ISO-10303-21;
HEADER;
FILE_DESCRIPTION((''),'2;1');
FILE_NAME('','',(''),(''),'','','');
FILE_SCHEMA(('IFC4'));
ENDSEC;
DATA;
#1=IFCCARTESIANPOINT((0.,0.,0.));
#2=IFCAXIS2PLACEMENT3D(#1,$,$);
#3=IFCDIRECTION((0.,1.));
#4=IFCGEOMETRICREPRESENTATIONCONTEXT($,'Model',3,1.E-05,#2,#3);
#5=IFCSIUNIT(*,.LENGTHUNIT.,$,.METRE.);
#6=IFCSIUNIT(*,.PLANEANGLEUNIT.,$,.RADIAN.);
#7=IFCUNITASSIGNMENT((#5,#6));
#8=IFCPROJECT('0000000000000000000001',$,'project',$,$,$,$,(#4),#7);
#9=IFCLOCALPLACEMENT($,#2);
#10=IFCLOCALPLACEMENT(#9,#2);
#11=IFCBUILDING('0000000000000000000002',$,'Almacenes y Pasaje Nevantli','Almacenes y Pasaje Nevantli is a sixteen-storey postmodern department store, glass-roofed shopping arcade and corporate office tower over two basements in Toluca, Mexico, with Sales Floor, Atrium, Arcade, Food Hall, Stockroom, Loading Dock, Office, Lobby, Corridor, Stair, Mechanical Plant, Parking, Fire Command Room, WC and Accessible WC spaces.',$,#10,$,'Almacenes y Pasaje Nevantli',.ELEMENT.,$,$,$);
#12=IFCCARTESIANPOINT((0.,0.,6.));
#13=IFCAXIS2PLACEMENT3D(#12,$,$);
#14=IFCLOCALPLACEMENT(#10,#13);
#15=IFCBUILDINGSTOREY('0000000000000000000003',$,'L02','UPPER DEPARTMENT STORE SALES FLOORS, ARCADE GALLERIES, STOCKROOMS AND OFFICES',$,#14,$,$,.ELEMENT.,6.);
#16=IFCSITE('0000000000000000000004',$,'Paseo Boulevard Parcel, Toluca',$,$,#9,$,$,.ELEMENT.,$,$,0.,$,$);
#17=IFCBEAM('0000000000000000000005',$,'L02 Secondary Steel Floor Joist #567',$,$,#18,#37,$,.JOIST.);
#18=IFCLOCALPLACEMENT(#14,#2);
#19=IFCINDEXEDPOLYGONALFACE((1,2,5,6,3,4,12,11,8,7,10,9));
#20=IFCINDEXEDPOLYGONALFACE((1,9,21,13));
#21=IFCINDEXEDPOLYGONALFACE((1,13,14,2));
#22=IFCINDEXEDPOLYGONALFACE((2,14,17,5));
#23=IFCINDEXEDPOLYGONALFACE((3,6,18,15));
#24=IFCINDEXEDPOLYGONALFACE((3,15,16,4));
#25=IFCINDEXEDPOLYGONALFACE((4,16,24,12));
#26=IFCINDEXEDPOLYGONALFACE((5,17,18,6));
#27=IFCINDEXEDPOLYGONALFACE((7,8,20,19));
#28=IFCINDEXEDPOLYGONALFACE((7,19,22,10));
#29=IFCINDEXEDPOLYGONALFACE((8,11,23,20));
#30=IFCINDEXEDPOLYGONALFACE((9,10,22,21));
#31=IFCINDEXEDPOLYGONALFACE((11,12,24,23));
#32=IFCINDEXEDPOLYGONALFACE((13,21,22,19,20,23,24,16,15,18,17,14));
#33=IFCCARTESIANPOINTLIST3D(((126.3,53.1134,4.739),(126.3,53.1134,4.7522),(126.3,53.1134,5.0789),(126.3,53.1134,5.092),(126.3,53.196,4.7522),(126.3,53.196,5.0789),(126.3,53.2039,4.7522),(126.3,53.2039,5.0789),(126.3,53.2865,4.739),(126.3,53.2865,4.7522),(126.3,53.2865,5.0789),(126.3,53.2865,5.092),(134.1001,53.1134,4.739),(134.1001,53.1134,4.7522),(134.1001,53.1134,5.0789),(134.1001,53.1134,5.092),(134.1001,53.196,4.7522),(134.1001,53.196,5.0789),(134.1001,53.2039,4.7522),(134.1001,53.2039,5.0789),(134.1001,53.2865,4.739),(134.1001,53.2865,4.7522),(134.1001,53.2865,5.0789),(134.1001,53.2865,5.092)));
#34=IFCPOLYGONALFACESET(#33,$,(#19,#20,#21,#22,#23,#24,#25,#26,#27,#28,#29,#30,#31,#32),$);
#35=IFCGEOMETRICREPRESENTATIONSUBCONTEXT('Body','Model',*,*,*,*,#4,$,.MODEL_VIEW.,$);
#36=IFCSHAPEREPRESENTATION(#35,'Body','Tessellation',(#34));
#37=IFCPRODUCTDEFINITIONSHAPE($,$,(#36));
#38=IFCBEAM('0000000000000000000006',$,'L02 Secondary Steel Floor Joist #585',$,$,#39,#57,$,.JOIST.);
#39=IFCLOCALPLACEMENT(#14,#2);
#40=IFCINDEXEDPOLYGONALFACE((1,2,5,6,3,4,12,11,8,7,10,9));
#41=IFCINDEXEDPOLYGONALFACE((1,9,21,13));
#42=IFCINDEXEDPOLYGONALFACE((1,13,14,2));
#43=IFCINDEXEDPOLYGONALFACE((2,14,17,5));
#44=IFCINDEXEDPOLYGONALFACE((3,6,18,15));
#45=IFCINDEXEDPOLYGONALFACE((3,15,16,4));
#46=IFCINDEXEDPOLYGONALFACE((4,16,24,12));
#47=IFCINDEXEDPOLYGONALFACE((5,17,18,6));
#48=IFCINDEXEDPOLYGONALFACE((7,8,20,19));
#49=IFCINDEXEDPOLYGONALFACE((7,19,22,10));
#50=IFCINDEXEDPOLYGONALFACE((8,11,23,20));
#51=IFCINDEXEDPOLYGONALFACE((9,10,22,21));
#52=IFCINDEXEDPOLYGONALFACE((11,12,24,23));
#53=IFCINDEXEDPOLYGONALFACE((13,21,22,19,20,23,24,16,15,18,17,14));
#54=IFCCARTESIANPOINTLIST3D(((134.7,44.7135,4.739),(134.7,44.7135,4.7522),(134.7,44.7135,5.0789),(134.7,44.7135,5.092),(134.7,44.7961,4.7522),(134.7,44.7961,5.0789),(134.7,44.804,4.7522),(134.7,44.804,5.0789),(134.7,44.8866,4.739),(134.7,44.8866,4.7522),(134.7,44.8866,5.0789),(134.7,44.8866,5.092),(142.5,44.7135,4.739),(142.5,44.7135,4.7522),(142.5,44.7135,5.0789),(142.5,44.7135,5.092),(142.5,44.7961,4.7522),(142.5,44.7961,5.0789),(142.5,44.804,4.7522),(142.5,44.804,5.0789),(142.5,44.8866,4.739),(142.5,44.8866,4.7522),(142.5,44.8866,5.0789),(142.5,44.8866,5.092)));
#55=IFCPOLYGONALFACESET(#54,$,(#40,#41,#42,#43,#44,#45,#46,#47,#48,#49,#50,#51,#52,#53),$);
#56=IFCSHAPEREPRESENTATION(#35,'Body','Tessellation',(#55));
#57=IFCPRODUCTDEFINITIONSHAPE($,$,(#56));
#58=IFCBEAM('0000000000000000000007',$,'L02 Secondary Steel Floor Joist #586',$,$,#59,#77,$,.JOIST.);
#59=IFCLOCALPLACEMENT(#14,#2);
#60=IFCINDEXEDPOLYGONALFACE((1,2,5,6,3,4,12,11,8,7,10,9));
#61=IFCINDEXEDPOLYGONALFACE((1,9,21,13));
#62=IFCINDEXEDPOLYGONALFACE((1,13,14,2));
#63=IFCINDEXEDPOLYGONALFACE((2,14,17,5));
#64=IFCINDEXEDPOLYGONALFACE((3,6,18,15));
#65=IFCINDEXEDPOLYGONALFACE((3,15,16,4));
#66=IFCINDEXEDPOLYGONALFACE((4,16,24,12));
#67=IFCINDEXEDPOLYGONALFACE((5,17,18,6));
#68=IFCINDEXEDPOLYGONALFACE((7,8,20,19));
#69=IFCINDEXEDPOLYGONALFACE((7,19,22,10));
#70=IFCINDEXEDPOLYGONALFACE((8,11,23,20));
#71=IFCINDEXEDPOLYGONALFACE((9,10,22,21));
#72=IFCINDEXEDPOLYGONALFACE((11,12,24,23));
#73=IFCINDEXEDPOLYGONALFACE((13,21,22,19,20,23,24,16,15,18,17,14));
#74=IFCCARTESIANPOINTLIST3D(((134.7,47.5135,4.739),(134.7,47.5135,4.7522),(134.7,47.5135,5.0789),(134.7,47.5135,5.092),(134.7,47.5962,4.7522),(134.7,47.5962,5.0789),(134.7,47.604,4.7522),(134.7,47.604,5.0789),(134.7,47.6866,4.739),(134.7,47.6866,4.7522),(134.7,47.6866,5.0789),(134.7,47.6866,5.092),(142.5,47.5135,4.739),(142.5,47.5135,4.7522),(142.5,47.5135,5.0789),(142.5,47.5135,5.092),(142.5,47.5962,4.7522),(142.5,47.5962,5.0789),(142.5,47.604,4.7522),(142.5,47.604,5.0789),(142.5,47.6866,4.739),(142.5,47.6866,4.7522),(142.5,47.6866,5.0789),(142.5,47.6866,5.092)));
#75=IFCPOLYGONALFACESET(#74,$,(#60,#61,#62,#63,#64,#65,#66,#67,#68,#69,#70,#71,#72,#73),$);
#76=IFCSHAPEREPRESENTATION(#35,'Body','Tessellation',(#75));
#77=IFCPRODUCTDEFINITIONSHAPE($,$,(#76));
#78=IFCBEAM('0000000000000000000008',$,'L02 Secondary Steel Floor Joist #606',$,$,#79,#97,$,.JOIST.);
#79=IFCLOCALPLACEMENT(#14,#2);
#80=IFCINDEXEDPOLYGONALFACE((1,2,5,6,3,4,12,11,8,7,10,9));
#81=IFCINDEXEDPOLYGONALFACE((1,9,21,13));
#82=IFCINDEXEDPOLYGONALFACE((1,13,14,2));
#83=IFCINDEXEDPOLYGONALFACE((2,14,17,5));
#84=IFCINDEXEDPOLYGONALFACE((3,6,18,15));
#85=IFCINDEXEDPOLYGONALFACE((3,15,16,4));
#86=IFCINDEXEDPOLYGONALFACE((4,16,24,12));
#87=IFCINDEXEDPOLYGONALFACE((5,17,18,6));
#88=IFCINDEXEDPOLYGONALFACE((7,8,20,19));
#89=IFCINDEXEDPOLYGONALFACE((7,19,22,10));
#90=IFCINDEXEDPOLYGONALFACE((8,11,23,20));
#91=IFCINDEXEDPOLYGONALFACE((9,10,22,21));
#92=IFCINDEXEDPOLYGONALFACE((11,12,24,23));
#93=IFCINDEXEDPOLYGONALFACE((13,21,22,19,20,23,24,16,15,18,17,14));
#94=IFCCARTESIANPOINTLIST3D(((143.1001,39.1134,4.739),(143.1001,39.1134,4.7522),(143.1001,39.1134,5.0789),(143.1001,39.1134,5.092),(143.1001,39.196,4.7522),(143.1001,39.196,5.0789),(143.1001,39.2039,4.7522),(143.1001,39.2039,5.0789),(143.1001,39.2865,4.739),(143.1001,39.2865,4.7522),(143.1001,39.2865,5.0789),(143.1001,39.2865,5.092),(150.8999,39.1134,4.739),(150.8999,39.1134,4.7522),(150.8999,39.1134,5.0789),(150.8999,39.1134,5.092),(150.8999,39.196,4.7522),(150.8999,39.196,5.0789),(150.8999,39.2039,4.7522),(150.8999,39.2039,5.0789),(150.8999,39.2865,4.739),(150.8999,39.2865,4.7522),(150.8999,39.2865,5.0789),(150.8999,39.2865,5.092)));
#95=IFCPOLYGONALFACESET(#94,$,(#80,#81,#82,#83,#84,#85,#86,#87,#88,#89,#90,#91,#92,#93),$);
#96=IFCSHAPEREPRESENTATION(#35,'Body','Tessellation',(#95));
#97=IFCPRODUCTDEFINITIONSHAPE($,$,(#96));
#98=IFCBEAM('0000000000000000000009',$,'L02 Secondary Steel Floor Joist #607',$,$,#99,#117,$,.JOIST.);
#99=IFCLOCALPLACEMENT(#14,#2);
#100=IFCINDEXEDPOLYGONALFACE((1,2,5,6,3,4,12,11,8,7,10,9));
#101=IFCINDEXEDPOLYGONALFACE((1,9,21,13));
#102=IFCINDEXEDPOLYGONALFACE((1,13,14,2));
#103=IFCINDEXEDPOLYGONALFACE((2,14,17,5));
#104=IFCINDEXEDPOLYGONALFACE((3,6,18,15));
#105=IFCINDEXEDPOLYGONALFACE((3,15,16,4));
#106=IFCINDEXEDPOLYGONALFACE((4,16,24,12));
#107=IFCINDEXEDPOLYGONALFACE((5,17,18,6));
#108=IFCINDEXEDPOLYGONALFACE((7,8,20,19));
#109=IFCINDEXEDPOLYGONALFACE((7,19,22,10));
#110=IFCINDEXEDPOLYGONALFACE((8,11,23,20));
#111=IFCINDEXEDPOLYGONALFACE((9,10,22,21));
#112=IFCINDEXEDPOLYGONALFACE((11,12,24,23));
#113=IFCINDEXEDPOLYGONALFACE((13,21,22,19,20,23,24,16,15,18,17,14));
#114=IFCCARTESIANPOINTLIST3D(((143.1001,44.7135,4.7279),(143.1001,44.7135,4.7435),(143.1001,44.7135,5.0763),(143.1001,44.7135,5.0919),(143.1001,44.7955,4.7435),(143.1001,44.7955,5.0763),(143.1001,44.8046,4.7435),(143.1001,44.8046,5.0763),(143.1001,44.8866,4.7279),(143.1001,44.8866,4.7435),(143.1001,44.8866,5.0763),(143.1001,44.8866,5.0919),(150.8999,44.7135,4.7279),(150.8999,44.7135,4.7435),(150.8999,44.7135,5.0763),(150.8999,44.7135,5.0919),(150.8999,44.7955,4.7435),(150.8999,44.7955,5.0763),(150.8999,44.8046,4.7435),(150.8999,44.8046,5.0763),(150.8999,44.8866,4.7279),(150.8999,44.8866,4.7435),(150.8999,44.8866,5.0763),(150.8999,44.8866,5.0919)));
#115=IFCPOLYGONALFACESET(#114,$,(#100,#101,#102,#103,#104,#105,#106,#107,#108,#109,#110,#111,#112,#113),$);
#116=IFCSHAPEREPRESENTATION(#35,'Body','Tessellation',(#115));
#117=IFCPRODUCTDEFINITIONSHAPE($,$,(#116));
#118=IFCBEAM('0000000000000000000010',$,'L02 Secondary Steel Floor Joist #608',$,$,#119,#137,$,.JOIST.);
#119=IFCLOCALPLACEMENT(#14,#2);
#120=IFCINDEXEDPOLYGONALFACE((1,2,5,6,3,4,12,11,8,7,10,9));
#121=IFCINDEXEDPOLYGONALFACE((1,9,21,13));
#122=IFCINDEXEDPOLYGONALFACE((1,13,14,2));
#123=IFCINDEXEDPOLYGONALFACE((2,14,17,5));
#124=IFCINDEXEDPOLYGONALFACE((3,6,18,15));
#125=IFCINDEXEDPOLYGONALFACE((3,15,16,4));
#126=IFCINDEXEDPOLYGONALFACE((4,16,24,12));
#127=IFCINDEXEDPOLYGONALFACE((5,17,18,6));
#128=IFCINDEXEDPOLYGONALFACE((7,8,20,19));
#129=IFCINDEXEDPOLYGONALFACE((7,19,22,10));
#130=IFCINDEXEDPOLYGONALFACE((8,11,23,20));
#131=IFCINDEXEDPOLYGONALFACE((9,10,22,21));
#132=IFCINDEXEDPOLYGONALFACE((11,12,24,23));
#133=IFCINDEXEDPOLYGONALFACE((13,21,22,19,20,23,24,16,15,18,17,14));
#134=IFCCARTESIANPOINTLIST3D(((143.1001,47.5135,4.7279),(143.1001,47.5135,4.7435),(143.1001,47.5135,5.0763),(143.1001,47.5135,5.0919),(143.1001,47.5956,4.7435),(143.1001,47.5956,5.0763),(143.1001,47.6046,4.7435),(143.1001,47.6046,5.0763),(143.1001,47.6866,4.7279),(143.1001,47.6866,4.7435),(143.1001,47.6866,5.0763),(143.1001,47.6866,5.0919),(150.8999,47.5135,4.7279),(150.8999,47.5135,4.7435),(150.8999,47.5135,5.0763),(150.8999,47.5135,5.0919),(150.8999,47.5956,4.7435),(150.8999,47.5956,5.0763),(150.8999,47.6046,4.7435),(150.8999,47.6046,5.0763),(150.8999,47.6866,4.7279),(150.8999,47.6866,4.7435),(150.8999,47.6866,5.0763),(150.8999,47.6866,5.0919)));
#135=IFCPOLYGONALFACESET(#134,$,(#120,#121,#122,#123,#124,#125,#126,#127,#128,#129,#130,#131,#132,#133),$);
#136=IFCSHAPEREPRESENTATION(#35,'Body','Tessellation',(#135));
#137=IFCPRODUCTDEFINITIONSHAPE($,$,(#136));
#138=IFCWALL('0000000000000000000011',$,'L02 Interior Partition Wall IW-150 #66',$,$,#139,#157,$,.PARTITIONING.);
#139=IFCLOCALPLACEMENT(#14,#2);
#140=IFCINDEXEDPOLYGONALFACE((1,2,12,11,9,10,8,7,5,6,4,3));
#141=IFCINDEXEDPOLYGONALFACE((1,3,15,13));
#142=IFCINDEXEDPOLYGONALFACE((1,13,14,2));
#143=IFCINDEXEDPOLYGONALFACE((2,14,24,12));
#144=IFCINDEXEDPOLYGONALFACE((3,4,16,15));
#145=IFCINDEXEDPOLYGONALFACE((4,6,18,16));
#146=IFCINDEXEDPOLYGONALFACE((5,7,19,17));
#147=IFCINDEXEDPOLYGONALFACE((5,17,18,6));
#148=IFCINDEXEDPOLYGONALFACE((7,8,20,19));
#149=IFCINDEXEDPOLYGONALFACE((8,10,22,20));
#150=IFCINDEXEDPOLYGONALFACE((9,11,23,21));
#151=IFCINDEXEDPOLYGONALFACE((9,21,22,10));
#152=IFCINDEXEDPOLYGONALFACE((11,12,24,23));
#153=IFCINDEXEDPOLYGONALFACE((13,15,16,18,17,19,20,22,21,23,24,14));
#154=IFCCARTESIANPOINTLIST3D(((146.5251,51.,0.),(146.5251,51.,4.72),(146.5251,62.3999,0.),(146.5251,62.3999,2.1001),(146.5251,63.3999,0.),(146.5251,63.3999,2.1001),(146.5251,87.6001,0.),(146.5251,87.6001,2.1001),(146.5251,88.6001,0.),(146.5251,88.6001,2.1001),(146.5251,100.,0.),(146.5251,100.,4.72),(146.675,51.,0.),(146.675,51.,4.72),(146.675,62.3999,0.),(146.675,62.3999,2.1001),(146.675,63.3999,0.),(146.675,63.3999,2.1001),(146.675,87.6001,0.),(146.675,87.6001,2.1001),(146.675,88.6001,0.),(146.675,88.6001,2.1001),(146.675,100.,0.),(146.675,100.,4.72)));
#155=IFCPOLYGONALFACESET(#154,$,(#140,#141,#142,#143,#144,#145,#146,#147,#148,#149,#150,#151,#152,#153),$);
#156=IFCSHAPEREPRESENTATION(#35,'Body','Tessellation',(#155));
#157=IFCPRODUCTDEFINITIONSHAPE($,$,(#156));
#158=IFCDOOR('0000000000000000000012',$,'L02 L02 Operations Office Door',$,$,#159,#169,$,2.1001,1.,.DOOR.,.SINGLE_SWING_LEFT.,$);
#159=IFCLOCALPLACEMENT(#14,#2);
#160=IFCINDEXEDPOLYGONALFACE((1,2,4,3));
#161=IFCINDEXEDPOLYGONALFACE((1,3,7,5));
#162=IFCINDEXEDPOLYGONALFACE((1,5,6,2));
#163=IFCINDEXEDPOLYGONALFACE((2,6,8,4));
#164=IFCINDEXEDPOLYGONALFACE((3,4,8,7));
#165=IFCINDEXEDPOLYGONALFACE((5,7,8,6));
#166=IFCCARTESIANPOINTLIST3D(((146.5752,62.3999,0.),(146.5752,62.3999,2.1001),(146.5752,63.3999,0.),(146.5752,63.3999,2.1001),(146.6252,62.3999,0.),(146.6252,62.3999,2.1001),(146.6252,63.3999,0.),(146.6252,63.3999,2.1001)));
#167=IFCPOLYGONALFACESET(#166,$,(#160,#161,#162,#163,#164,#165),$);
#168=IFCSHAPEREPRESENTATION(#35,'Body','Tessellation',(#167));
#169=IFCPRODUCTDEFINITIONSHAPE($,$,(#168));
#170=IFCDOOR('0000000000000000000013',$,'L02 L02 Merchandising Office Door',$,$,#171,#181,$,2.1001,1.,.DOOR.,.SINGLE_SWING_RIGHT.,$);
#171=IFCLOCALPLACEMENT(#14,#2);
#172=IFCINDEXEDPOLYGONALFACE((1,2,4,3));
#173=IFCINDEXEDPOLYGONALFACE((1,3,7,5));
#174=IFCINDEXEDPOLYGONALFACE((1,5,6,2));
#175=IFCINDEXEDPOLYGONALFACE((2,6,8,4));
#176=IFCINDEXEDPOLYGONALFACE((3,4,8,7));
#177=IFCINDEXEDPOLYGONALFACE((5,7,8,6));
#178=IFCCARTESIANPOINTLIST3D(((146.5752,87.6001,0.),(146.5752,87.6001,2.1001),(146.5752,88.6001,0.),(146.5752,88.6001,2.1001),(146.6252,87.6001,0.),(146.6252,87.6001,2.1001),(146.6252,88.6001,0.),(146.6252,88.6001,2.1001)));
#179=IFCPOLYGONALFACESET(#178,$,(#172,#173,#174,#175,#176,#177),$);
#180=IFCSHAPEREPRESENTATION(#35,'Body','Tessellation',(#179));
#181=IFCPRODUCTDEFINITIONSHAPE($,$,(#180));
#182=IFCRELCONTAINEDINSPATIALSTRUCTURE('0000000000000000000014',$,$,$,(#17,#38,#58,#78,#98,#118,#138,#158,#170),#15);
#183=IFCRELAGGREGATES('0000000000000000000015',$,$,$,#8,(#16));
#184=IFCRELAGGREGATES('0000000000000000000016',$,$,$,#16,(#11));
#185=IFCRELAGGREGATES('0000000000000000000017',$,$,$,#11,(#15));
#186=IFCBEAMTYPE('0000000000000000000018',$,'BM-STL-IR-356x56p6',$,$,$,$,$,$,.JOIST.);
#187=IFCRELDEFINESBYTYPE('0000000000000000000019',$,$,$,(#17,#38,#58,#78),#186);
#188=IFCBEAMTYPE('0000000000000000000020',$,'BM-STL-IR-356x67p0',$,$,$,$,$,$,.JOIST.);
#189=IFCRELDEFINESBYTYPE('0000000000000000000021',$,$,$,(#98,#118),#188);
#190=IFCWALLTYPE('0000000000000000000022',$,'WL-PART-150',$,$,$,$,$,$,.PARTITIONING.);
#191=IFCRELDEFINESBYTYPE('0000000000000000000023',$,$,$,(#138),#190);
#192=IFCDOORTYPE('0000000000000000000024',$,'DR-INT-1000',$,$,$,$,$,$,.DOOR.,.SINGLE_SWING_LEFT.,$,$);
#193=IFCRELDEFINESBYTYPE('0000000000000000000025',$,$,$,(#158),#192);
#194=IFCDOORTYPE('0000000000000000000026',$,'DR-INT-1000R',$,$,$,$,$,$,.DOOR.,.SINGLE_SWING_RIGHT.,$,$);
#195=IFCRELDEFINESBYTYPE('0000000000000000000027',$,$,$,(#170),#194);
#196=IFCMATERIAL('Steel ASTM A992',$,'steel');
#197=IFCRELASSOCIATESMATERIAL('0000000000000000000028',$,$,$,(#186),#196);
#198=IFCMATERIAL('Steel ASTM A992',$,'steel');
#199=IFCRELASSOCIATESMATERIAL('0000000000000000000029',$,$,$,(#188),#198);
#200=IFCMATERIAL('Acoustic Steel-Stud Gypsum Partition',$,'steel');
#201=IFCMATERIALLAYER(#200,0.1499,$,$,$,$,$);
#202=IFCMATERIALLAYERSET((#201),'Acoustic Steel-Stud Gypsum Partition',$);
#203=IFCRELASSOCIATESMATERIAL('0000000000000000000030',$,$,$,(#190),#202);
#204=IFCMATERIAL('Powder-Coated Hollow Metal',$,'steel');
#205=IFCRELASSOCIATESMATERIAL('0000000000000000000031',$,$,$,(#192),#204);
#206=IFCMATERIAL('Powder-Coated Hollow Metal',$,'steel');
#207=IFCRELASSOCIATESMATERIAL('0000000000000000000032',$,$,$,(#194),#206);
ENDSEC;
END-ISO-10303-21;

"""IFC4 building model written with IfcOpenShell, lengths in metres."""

from ifc_helpers import new_model, si_unit, direction, frame, frame_2d, origin, origin_2d, place, context, subcontext, project, spatial, rectangle, i_section, extrude, material, layer, layer_set, material_profile, profile_set, type_object, element, fill, save


model = new_model("IFC4")

# Units and contexts
model_context = context("Model", 3, precision=1e-05, world=origin(), true_north=direction((0.0, 1.0)))
body_context = subcontext(model_context, "Body", "Model", "MODEL_VIEW")
ifc_project = project(units=[si_unit("LENGTHUNIT", "METRE"), si_unit("PLANEANGLEUNIT", "RADIAN")], contexts=[model_context])

# Site, building, storey
site_placement = place(None, origin())
site = spatial("IfcSite", under=ifc_project, at=site_placement, Name="Paseo Boulevard Parcel, Toluca", CompositionType="ELEMENT", RefElevation=0.0)
building_placement = place(site_placement, origin())
building = spatial("IfcBuilding", under=site, at=building_placement, Name="Almacenes y Pasaje Nevantli", Description="Almacenes y Pasaje Nevantli is a sixteen-storey postmodern department store, glass-roofed shopping arcade and corporate office tower over two basements in Toluca, Mexico, with Sales Floor, Atrium, Arcade, Food Hall, Stockroom, Loading Dock, Office, Lobby, Corridor, Stair, Mechanical Plant, Parking, Fire Command Room, WC and Accessible WC spaces.", LongName="Almacenes y Pasaje Nevantli", CompositionType="ELEMENT")
storey_placement = place(building_placement, frame((0.0, 0.0, 6.0)))
storey = spatial("IfcBuildingStorey", under=building, at=storey_placement, Name="L02", Description="UPPER DEPARTMENT STORE SALES FLOORS, ARCADE GALLERIES, STOCKROOMS AND OFFICES", CompositionType="ELEMENT", Elevation=6.0)

# Beams
ifc_material_1 = material(Name="Steel ASTM A992", Category="steel")
ifc_material_profile_1 = material_profile(ifc_material_1, i_section(OverallWidth=0.1731, OverallDepth=0.353, WebThickness=0.0078, FlangeThickness=0.0132, at=origin_2d()), Name="IR 356x56.6")
ifc_profile_set_1 = profile_set([ifc_material_profile_1], Name="Steel ASTM A992")
beam_type_1 = type_object("IfcBeamType", Name="BM-STL-IR-356x56p6", PredefinedType="JOIST", material=ifc_profile_set_1)
for number, where, z_axis, x_axis, name in (
    (1, (126.3, 53.2, 4.9155), (1.0, 0.0, 0.0), (0.0, 1.0, 0.0), "L02 Secondary Steel Floor Joist #567"),
    (2, (134.7, 44.8, 4.9155), (1.0, 0.0, 0.0), (0.0, 1.0, 0.0), "L02 Secondary Steel Floor Joist #585"),
    (3, (134.7, 47.6001, 4.9155), (1.0, 0.0, 0.0), (0.0, 1.0, 0.0), "L02 Secondary Steel Floor Joist #586"),
):
    element("IfcBeam", number, at=place(storey_placement, frame(where, z_axis=z_axis, x_axis=x_axis)), inside=storey, type_object=beam_type_1, Name=name, PredefinedType="JOIST", context=body_context, shape_type="SweptSolid", body=[
        extrude(i_section(OverallWidth=0.1731, OverallDepth=0.353, WebThickness=0.0078, FlangeThickness=0.0132, at=origin_2d()), origin(), (0.0, 0.0, 1.0), 7.8),
    ])
beam_1_placement = place(storey_placement, frame((143.1001, 39.2, 4.9155), z_axis=(1.0, 0.0, 0.0), x_axis=(0.0, 1.0, 0.0)))
element("IfcBeam", 4, at=beam_1_placement, inside=storey, type_object=beam_type_1, Name="L02 Secondary Steel Floor Joist #606", PredefinedType="JOIST", context=body_context, shape_type="SweptSolid", body=[
    extrude(i_section(OverallWidth=0.1731, OverallDepth=0.353, WebThickness=0.0078, FlangeThickness=0.0132, at=origin_2d()), origin(), (0.0, 0.0, 1.0), 7.7998),
])
ifc_material_2 = material(Name="Steel ASTM A992", Category="steel")
ifc_material_profile_2 = material_profile(ifc_material_2, i_section(OverallWidth=0.1731, OverallDepth=0.364, WebThickness=0.009, FlangeThickness=0.0156, at=origin_2d()), Name="IR 356x67.0")
ifc_profile_set_2 = profile_set([ifc_material_profile_2], Name="Steel ASTM A992")
beam_type_2 = type_object("IfcBeamType", Name="BM-STL-IR-356x67p0", PredefinedType="JOIST", material=ifc_profile_set_2)
for number, where, z_axis, x_axis, name in (
    (5, (143.1001, 44.8, 4.9099), (1.0, 0.0, 0.0), (0.0, 1.0, 0.0), "L02 Secondary Steel Floor Joist #607"),
    (6, (143.1001, 47.6001, 4.9099), (1.0, 0.0, 0.0), (0.0, 1.0, 0.0), "L02 Secondary Steel Floor Joist #608"),
):
    element("IfcBeam", number, at=place(storey_placement, frame(where, z_axis=z_axis, x_axis=x_axis)), inside=storey, type_object=beam_type_2, Name=name, PredefinedType="JOIST", context=body_context, shape_type="SweptSolid", body=[
        extrude(i_section(OverallWidth=0.1731, OverallDepth=0.364, WebThickness=0.009, FlangeThickness=0.0156, at=origin_2d()), origin(), (0.0, 0.0, 1.0), 7.7998),
    ])

# Wall, openings, doors
ifc_material_3 = material(Name="Acoustic Steel-Stud Gypsum Partition", Category="steel")
ifc_layer = layer(ifc_material_3, 0.1499)
ifc_layer_set = layer_set([ifc_layer], Name="Acoustic Steel-Stud Gypsum Partition")
wall_type = type_object("IfcWallType", Name="WL-PART-150", PredefinedType="PARTITIONING", material=ifc_layer_set)
wall_placement = place(storey_placement, frame((146.6001, 51.0, 0.0), z_axis=(0.0, 0.0, 1.0), x_axis=(0.0, 1.0, 0.0)))
wall = element("IfcWall", 7, at=wall_placement, inside=storey, type_object=wall_type, Name="L02 Interior Partition Wall IW-150 #66", PredefinedType="PARTITIONING", context=body_context, shape_type="SweptSolid", body=[
    extrude(rectangle(XDim=49.0, YDim=0.1499, at=frame_2d((24.5, 0.0))), origin(), (0.0, 0.0, 1.0), 4.72),
])
opening_1_placement = place(wall_placement, frame((11.3999, 0.0, 0.0)))
opening_1 = element("IfcOpeningElement", 8, at=opening_1_placement, cuts=wall, PredefinedType="OPENING", context=body_context, shape_type="SweptSolid", body=[
    extrude(rectangle(XDim=1.0, YDim=2.1001, at=frame_2d((0.5, 1.05))), frame((0.0, 0.085, 0.0), z_axis=(0.0, -1.0, 0.0), x_axis=(1.0, 0.0, 0.0)), (0.0, 0.0, 1.0), 0.1699),
])
opening_2_placement = place(wall_placement, frame((36.6001, 0.0, 0.0)))
opening_2 = element("IfcOpeningElement", 9, at=opening_2_placement, cuts=wall, PredefinedType="OPENING", context=body_context, shape_type="SweptSolid", body=[
    extrude(rectangle(XDim=1.0, YDim=2.1001, at=frame_2d((0.5, 1.05))), frame((0.0, 0.085, 0.0), z_axis=(0.0, -1.0, 0.0), x_axis=(1.0, 0.0, 0.0)), (0.0, 0.0, 1.0), 0.1699),
])
ifc_material_4 = material(Name="Powder-Coated Hollow Metal", Category="steel")
door_type_1 = type_object("IfcDoorType", Name="DR-INT-1000", OperationType="SINGLE_SWING_LEFT", PredefinedType="DOOR", material=ifc_material_4)
door_1_placement = place(opening_1_placement, origin())
door_1 = element("IfcDoor", 10, at=door_1_placement, inside=storey, type_object=door_type_1, Name="L02 L02 Operations Office Door", OperationType="SINGLE_SWING_LEFT", OverallHeight=2.1001, OverallWidth=1.0, PredefinedType="DOOR", context=body_context, shape_type="SweptSolid", body=[
    extrude(rectangle(XDim=1.0, YDim=2.1001, at=frame_2d((0.5, 1.05))), frame((0.0, 0.0249, 0.0), z_axis=(0.0, -1.0, 0.0), x_axis=(1.0, 0.0, 0.0)), (0.0, 0.0, 1.0), 0.05),
])
fill(opening_1, door_1)
ifc_material_5 = material(Name="Powder-Coated Hollow Metal", Category="steel")
door_type_2 = type_object("IfcDoorType", Name="DR-INT-1000R", OperationType="SINGLE_SWING_RIGHT", PredefinedType="DOOR", material=ifc_material_5)
door_2_placement = place(opening_2_placement, origin())
door_2 = element("IfcDoor", 11, at=door_2_placement, inside=storey, type_object=door_type_2, Name="L02 L02 Merchandising Office Door", OperationType="SINGLE_SWING_RIGHT", OverallHeight=2.1001, OverallWidth=1.0, PredefinedType="DOOR", context=body_context, shape_type="SweptSolid", body=[
    extrude(rectangle(XDim=1.0, YDim=2.1001, at=frame_2d((0.5, 1.05))), frame((0.0, 0.0249, 0.0), z_axis=(0.0, -1.0, 0.0), x_axis=(1.0, 0.0, 0.0)), (0.0, 0.0, 1.0), 0.05),
])
fill(opening_2, door_2)

save(model, "model.ifc")
